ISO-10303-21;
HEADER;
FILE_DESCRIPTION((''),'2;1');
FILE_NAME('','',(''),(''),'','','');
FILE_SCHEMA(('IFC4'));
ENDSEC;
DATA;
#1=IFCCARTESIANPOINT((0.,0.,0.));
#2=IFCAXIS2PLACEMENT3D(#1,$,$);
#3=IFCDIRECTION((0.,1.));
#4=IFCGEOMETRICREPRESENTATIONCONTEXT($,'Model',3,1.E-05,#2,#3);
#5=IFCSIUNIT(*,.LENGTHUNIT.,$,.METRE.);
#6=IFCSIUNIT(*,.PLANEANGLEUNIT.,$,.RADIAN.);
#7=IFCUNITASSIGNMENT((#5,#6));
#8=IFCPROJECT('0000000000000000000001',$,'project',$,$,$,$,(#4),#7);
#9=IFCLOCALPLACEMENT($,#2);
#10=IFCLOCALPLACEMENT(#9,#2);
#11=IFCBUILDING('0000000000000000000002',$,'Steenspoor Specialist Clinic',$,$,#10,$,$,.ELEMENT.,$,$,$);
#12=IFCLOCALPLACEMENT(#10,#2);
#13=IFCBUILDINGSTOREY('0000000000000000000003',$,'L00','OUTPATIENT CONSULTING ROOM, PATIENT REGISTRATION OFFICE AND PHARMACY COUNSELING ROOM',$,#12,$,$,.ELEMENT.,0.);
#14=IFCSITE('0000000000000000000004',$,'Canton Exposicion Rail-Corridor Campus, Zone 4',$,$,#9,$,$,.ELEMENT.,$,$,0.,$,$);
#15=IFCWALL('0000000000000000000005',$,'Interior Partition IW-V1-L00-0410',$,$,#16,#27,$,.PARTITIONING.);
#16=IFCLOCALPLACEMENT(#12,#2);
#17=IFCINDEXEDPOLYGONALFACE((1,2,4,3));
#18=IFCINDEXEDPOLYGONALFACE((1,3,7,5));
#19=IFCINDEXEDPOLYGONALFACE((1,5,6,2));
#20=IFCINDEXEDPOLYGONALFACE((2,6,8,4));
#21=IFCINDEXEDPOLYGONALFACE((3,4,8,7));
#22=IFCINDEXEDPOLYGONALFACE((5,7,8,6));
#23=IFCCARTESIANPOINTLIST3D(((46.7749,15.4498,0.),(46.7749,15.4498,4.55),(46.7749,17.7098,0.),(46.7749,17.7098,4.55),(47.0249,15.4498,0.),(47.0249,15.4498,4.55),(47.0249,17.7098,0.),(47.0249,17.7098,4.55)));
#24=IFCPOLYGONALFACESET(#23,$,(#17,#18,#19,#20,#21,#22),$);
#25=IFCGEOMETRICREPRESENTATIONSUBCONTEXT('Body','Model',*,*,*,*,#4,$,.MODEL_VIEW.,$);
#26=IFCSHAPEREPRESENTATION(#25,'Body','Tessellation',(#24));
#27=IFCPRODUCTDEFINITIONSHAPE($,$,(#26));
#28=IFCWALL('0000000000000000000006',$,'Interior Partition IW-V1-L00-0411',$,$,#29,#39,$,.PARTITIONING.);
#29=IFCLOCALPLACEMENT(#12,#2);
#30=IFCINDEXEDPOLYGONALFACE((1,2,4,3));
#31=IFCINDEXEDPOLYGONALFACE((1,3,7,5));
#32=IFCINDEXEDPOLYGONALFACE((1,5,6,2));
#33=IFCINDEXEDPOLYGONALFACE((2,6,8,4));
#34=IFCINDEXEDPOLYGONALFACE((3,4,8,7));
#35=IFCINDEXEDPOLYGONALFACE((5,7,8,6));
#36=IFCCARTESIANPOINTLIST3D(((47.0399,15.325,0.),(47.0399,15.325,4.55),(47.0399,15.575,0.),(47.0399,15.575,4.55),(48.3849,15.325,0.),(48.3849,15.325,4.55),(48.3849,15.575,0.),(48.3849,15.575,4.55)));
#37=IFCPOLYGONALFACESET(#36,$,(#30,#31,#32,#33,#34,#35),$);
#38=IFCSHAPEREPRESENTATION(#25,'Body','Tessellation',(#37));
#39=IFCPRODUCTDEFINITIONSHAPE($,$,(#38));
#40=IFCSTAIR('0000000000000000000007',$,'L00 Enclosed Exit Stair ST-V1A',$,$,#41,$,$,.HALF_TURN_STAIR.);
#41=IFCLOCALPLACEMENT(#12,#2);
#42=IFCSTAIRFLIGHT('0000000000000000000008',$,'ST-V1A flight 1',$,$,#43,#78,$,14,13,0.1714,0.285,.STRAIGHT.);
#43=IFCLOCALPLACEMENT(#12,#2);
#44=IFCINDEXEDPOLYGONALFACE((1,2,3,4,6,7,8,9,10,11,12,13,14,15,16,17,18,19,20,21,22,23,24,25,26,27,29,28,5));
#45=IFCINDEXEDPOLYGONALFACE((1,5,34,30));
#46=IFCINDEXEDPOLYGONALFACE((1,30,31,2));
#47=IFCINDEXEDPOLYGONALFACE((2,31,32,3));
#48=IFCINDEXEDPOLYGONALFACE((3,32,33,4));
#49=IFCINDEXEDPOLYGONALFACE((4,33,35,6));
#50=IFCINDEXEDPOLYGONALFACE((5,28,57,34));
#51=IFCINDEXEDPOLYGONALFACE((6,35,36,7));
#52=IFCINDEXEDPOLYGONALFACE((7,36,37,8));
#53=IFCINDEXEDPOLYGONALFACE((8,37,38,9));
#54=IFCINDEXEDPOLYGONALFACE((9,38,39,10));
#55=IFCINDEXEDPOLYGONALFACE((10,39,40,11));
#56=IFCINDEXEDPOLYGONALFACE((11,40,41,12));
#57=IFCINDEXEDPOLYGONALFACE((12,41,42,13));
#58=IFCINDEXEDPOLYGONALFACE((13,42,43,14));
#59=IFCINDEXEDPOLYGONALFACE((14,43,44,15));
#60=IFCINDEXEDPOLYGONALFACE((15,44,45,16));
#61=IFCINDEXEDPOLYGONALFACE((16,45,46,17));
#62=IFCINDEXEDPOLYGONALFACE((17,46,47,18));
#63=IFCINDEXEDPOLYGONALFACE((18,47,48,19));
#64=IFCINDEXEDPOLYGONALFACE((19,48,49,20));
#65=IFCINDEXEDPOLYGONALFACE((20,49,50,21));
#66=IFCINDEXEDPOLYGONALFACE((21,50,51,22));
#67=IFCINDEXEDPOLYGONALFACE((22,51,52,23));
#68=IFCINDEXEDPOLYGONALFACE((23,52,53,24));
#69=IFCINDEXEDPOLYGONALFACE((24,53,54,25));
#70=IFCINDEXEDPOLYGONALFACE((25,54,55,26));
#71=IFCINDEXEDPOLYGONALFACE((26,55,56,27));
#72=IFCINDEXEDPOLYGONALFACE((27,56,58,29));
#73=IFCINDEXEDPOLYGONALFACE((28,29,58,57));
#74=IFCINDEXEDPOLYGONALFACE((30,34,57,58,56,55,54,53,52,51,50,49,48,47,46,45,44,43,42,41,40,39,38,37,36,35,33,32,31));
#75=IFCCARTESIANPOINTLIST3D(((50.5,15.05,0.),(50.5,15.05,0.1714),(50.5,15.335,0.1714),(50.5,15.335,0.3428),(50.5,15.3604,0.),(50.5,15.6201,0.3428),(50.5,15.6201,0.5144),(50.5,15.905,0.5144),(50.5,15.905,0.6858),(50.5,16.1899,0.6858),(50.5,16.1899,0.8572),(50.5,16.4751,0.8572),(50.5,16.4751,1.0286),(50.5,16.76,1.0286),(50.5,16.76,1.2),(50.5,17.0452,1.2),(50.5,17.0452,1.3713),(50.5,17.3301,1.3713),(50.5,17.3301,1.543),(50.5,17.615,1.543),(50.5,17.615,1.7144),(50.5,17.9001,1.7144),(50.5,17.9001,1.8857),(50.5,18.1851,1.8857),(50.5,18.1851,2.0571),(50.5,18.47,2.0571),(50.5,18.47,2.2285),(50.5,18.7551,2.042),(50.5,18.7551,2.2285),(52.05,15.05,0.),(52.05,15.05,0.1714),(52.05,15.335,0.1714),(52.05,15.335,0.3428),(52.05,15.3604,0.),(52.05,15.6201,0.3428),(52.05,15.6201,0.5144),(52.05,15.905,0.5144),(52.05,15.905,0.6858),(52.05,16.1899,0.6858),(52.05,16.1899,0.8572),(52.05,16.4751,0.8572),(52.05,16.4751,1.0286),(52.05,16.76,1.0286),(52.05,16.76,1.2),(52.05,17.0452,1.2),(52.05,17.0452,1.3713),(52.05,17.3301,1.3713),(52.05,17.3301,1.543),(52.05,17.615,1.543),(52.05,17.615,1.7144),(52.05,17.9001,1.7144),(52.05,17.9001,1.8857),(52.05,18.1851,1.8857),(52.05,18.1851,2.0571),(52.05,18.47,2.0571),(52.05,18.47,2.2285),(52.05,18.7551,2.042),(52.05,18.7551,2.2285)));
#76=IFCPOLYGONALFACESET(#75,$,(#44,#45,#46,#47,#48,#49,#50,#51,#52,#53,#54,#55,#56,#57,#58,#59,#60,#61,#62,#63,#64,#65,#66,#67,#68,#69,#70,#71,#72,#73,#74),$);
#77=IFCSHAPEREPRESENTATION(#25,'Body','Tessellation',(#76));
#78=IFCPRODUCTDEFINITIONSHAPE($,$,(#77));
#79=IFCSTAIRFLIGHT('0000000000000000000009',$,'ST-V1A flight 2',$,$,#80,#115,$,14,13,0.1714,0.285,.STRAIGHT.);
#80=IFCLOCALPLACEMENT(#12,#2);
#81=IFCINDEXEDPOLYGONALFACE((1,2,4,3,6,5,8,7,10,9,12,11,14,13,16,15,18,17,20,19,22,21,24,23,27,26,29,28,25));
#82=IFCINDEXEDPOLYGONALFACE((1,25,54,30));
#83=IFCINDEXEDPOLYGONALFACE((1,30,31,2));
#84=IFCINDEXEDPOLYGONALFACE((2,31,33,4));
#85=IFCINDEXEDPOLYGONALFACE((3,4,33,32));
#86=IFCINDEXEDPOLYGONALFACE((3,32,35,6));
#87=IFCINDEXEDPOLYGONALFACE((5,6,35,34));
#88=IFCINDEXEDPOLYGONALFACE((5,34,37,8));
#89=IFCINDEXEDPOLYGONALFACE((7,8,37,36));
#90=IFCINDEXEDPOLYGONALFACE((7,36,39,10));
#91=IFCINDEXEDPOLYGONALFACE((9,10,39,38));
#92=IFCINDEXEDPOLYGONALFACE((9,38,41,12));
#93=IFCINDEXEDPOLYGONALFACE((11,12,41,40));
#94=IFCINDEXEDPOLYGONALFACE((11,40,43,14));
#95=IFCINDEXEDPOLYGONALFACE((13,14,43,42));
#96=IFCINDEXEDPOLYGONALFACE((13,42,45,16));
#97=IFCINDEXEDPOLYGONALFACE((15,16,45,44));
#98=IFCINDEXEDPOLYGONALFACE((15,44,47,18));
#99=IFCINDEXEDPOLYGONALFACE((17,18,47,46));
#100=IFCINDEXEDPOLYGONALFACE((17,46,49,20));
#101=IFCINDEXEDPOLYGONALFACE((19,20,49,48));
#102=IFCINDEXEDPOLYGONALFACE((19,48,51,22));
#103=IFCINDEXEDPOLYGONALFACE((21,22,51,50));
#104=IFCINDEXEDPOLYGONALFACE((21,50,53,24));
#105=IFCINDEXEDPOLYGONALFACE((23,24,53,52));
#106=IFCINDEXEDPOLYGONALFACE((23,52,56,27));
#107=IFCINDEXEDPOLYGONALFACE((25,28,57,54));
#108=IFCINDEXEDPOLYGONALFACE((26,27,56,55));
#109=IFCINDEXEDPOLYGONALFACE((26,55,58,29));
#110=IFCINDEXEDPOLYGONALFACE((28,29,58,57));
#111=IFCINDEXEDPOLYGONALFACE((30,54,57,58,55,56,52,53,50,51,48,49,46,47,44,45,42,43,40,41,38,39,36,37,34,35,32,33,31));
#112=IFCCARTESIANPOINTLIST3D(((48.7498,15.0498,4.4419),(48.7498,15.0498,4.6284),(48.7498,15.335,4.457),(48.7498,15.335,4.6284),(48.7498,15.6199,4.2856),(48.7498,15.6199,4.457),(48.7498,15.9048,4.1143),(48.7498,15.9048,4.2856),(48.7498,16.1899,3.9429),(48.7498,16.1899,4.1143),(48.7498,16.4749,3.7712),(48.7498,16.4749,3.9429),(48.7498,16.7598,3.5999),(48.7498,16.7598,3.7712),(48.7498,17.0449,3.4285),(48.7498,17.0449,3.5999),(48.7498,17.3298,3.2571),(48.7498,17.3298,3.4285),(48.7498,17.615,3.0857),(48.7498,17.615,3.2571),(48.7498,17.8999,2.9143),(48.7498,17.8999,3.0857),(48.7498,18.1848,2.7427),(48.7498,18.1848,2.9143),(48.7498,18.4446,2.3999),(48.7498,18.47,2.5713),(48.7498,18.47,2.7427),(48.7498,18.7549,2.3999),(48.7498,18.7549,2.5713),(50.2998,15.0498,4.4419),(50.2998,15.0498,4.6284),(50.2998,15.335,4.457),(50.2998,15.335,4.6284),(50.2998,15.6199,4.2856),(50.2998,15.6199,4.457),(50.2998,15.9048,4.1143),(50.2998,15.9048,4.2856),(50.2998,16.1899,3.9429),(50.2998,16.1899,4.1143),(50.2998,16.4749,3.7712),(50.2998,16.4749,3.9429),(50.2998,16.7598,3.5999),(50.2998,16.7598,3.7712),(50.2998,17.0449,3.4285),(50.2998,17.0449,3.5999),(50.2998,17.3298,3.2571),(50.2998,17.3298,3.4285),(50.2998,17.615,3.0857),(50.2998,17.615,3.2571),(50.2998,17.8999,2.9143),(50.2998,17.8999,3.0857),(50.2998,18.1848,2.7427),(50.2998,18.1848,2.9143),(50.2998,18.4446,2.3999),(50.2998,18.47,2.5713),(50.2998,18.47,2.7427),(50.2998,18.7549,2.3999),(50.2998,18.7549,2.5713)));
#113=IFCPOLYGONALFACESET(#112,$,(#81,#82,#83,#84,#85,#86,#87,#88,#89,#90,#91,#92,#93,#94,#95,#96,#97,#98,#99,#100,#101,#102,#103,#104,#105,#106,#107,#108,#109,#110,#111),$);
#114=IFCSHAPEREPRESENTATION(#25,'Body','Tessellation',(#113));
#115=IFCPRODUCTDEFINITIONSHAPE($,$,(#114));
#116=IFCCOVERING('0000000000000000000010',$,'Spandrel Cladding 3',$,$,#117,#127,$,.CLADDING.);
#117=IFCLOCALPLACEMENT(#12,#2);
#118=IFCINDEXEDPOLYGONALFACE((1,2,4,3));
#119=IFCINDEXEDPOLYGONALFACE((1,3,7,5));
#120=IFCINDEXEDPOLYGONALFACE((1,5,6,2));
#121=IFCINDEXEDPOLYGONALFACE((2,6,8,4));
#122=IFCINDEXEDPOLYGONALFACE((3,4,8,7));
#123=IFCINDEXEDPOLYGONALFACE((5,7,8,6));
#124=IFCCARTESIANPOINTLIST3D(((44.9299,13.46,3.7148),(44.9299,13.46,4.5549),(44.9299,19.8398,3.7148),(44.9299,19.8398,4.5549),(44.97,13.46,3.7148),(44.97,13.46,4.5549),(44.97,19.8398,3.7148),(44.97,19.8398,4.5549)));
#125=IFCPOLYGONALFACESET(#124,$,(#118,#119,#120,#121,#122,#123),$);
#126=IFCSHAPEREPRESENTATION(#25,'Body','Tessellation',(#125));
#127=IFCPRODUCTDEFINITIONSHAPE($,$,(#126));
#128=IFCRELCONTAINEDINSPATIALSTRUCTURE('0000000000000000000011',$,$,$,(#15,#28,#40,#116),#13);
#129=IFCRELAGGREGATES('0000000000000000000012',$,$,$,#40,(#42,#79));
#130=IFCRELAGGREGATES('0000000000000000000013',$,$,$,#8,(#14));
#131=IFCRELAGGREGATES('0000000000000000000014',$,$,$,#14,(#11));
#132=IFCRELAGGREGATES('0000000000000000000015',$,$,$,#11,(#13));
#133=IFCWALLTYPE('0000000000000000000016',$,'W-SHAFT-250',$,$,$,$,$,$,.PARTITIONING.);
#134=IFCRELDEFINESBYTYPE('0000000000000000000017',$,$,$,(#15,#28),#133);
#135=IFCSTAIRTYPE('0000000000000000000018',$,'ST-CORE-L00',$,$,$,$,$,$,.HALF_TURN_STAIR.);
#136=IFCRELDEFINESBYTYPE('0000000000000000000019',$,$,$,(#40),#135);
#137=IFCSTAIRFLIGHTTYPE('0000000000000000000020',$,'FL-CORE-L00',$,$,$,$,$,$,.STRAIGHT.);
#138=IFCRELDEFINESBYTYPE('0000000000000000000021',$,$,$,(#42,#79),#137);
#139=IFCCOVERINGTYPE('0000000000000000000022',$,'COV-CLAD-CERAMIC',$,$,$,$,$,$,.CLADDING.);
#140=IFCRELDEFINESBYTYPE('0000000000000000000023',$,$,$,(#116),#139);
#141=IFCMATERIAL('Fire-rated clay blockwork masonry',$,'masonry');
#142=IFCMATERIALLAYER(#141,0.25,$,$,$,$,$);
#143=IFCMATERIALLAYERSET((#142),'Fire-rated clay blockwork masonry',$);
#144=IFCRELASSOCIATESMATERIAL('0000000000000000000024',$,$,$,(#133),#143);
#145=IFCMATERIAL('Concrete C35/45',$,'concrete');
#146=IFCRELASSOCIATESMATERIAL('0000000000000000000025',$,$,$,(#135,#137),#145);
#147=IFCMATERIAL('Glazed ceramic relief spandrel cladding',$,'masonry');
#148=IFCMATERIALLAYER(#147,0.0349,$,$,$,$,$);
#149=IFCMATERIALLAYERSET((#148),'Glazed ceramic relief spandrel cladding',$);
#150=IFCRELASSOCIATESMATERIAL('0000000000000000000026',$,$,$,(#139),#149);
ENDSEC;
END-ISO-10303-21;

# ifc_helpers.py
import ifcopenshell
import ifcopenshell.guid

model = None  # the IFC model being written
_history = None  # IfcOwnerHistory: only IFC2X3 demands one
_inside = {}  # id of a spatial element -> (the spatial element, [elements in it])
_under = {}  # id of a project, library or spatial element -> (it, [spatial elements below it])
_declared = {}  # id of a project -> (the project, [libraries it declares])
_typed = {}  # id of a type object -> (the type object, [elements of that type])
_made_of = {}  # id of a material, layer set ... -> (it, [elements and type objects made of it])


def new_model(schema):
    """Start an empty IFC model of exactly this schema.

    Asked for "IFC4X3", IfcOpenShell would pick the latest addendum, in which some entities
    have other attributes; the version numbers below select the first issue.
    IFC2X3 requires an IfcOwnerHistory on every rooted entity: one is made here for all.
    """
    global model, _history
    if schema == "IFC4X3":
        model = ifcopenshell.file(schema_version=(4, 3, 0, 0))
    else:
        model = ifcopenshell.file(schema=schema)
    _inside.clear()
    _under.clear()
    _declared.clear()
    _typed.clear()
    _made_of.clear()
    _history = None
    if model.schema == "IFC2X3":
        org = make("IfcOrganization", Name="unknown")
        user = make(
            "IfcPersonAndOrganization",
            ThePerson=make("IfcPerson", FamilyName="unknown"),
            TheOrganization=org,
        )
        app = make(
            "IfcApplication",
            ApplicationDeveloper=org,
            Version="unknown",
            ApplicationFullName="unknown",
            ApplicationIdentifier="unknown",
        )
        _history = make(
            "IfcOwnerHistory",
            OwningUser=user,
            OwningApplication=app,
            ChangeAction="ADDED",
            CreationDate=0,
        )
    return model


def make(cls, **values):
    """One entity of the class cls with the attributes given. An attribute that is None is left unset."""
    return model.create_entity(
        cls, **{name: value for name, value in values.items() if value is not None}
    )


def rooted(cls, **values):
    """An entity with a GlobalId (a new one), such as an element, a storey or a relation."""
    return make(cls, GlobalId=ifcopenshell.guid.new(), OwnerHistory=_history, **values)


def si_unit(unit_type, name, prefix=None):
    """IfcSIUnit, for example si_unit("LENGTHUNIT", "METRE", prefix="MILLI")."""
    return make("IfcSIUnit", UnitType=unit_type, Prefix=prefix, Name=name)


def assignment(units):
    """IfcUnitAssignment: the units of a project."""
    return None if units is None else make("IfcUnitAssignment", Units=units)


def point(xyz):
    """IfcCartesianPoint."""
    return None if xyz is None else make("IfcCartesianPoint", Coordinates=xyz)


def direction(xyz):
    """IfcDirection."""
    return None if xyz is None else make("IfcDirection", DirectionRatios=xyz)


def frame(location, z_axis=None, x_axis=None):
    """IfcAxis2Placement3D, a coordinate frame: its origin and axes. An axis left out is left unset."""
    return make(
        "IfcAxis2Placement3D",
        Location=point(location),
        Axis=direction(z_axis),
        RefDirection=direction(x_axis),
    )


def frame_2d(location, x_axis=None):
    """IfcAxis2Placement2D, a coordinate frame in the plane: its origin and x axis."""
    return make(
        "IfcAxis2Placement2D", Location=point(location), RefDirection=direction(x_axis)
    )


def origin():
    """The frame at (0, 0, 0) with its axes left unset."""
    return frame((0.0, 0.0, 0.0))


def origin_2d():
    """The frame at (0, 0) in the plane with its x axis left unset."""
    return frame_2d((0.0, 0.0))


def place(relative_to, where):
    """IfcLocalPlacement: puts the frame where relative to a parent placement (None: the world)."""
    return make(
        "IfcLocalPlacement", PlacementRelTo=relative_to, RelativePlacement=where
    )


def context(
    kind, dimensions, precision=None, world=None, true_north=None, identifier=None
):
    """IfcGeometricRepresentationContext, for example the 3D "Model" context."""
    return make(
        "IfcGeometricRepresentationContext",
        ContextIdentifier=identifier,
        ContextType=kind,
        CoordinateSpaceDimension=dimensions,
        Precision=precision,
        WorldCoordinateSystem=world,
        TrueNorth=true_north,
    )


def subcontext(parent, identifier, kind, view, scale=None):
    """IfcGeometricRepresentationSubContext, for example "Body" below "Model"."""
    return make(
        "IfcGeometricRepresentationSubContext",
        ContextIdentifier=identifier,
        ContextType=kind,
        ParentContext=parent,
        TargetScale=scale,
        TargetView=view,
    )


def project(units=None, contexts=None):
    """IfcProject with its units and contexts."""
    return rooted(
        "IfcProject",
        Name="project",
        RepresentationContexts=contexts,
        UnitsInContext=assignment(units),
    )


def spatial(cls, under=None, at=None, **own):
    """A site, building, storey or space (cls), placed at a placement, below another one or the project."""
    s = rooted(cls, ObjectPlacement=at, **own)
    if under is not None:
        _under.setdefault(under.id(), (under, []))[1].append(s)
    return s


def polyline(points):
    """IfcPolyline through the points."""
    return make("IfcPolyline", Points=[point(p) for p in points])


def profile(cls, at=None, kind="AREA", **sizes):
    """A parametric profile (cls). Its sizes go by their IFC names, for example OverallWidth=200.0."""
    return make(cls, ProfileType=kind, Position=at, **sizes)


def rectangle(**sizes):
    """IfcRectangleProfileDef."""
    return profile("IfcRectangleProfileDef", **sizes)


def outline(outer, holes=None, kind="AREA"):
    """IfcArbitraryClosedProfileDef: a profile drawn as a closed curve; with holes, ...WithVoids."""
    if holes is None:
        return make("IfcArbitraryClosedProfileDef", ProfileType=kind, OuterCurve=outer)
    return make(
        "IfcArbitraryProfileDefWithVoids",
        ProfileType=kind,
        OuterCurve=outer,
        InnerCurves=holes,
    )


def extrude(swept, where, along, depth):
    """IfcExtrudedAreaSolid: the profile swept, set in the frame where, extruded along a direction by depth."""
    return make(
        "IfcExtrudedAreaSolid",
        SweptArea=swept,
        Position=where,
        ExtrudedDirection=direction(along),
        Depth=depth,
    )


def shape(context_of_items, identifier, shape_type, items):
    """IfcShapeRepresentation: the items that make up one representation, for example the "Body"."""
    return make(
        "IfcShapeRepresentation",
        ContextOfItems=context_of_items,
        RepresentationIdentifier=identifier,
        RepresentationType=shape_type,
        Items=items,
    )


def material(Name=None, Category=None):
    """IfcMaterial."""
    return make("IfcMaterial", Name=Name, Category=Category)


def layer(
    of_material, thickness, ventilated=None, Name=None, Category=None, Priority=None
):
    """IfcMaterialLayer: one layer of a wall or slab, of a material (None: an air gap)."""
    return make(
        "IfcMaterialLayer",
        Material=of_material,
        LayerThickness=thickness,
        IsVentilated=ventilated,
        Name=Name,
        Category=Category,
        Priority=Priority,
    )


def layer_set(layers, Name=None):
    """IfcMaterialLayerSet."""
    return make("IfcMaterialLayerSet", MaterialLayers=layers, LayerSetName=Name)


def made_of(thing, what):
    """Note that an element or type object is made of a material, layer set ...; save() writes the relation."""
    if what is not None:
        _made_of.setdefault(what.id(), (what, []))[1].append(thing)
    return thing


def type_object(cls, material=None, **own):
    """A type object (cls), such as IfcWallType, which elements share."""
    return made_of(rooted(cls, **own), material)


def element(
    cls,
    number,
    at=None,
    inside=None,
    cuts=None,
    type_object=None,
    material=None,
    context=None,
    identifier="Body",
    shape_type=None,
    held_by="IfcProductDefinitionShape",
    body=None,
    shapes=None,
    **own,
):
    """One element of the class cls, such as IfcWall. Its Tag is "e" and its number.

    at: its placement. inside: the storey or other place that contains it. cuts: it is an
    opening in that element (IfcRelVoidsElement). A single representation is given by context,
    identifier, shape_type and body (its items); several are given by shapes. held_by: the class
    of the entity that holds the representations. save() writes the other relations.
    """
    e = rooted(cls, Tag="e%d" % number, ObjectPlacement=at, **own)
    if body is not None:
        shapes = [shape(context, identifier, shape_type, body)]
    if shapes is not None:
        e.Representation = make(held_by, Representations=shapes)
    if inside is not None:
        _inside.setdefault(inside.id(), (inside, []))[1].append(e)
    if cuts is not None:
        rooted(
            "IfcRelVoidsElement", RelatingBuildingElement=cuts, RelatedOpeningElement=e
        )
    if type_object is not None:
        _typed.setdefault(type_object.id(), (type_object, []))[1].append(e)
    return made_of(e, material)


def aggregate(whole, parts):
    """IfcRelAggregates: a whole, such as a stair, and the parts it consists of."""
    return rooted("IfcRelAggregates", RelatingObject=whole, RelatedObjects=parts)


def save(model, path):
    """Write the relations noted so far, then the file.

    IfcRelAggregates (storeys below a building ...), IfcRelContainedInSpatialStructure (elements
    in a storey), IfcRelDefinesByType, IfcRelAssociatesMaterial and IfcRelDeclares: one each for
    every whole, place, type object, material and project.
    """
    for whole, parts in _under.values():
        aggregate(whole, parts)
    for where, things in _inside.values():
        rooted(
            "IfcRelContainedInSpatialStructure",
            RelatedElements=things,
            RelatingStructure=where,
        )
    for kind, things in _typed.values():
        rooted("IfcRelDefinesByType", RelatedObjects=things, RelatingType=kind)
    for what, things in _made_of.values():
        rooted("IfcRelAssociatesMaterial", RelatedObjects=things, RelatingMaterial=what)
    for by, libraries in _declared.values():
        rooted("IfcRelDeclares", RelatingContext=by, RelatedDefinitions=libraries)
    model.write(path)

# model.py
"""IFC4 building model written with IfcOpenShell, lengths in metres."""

from ifc_helpers import new_model, si_unit, direction, frame, frame_2d, origin, origin_2d, place, context, subcontext, project, spatial, polyline, rectangle, outline, extrude, material, layer, layer_set, type_object, element, aggregate, save


model = new_model("IFC4")

# Units and contexts
model_context = context("Model", 3, precision=1e-05, world=origin(), true_north=direction((0.0, 1.0)))
body_context = subcontext(model_context, "Body", "Model", "MODEL_VIEW")
ifc_project = project(units=[si_unit("LENGTHUNIT", "METRE"), si_unit("PLANEANGLEUNIT", "RADIAN")], contexts=[model_context])

# Site, building, storey
site_placement = place(None, origin())
site = spatial("IfcSite", under=ifc_project, at=site_placement, Name="Canton Exposicion Rail-Corridor Campus, Zone 4", CompositionType="ELEMENT", RefElevation=0.0)
building_placement = place(site_placement, origin())
building = spatial("IfcBuilding", under=site, at=building_placement, Name="Steenspoor Specialist Clinic", CompositionType="ELEMENT")
storey_placement = place(building_placement, origin())
storey = spatial("IfcBuildingStorey", under=building, at=storey_placement, Name="L00", Description="OUTPATIENT CONSULTING ROOM, PATIENT REGISTRATION OFFICE AND PHARMACY COUNSELING ROOM", CompositionType="ELEMENT", Elevation=0.0)

# Shared definitions
ifc_material_1 = material(Name="Concrete C35/45", Category="concrete")

# Walls
ifc_material_2 = material(Name="Fire-rated clay blockwork masonry", Category="masonry")
ifc_layer_1 = layer(ifc_material_2, 0.25)
ifc_layer_set_1 = layer_set([ifc_layer_1], Name="Fire-rated clay blockwork masonry")
wall_type_1 = type_object("IfcWallType", Name="W-SHAFT-250", PredefinedType="PARTITIONING", material=ifc_layer_set_1)
wall_1_placement = place(storey_placement, frame((46.8999, 15.45, 0.0), z_axis=(0.0, 0.0, 1.0), x_axis=(0.0, 1.0, 0.0)))
element("IfcWall", 1, at=wall_1_placement, inside=storey, type_object=wall_type_1, Name="Interior Partition IW-V1-L00-0410", PredefinedType="PARTITIONING", context=body_context, shape_type="SweptSolid", body=[
    extrude(rectangle(XDim=2.26, YDim=0.25, at=frame_2d((1.1299, 0.0))), origin(), (0.0, 0.0, 1.0), 4.55),
])
wall_2_placement = place(storey_placement, frame((47.04, 15.45, 0.0), z_axis=(0.0, 0.0, 1.0), x_axis=(1.0, 0.0, 0.0)))
element("IfcWall", 2, at=wall_2_placement, inside=storey, type_object=wall_type_1, Name="Interior Partition IW-V1-L00-0411", PredefinedType="PARTITIONING", context=body_context, shape_type="SweptSolid", body=[
    extrude(rectangle(XDim=1.345, YDim=0.25, at=frame_2d((0.6724, 0.0))), origin(), (0.0, 0.0, 1.0), 4.55),
])

# Stair, stair flights
stair_type = type_object("IfcStairType", Name="ST-CORE-L00", PredefinedType="HALF_TURN_STAIR", material=ifc_material_1)
stair_placement = place(storey_placement, origin())
stair = element("IfcStair", 3, at=stair_placement, inside=storey, type_object=stair_type, Name="L00 Enclosed Exit Stair ST-V1A", PredefinedType="HALF_TURN_STAIR")
stair_flight_type = type_object("IfcStairFlightType", Name="FL-CORE-L00", PredefinedType="STRAIGHT", material=ifc_material_1)
stair_flight_1_placement = place(storey_placement, frame((51.2749, 15.05, 0.0), z_axis=(0.0, 0.0, 1.0), x_axis=(0.0, 1.0, 0.0)))
stair_flight_1 = element("IfcStairFlight", 4, at=stair_flight_1_placement, type_object=stair_flight_type, Name="ST-V1A flight 1", NumberOfRisers=14, NumberOfTreads=13, PredefinedType="STRAIGHT", RiserHeight=0.1714, TreadLength=0.285, context=body_context, shape_type="SweptSolid", body=[
    extrude(outline(polyline([(0.0, 0.0), (0.0, 0.1714), (0.2849, 0.1714), (0.2849, 0.3428), (0.5701, 0.3428), (0.5701, 0.5144), (0.855, 0.5144), (0.855, 0.6858), (1.1399, 0.6858), (1.1399, 0.8572), (1.425, 0.8572), (1.425, 1.0286), (1.71, 1.0286), (1.71, 1.2), (1.9951, 1.2), (1.9951, 1.3713), (2.28, 1.3713), (2.28, 1.543), (2.5649, 1.543), (2.5649, 1.7144), (2.8501, 1.7144), (2.8501, 1.8857), (3.135, 1.8857), (3.135, 2.0571), (3.4199, 2.0571), (3.4199, 2.2285), (3.7051, 2.2285), (3.7051, 2.3999), (3.7051, 2.042), (0.3103, 0.0), (0.0, 0.0)])), frame((0.0, 0.7749, 0.0), z_axis=(0.0, -1.0, 0.0), x_axis=(1.0, 0.0, 0.0)), (0.0, 0.0, 1.0), 1.55),
])
stair_flight_2_placement = place(storey_placement, frame((49.5249, 18.7549, 2.3999), z_axis=(0.0, 0.0, 1.0), x_axis=(0.0, -1.0, 0.0)))
stair_flight_2 = element("IfcStairFlight", 5, at=stair_flight_2_placement, type_object=stair_flight_type, Name="ST-V1A flight 2", NumberOfRisers=14, NumberOfTreads=13, PredefinedType="STRAIGHT", RiserHeight=0.1714, TreadLength=0.285, context=body_context, shape_type="SweptSolid", body=[
    extrude(outline(polyline([(0.0, 0.0), (0.0, 0.1714), (0.2849, 0.1714), (0.2849, 0.3428), (0.5701, 0.3428), (0.5701, 0.5144), (0.855, 0.5144), (0.855, 0.6858), (1.1399, 0.6858), (1.1399, 0.8572), (1.425, 0.8572), (1.425, 1.0286), (1.71, 1.0286), (1.71, 1.2), (1.9951, 1.2), (1.9951, 1.3713), (2.28, 1.3713), (2.28, 1.543), (2.5649, 1.543), (2.5649, 1.7144), (2.8501, 1.7144), (2.8501, 1.8857), (3.135, 1.8857), (3.135, 2.0571), (3.4199, 2.0571), (3.4199, 2.2285), (3.7051, 2.2285), (3.7051, 2.3999), (3.7051, 2.042), (0.3103, 0.0), (0.0, 0.0)])), frame((0.0, 0.7749, 0.0), z_axis=(0.0, -1.0, 0.0), x_axis=(1.0, 0.0, 0.0)), (0.0, 0.0, 1.0), 1.55),
])
aggregate(stair, [stair_flight_1, stair_flight_2])

# Covering
ifc_material_3 = material(Name="Glazed ceramic relief spandrel cladding", Category="masonry")
ifc_layer_2 = layer(ifc_material_3, 0.0349)
ifc_layer_set_2 = layer_set([ifc_layer_2], Name="Glazed ceramic relief spandrel cladding")
covering_type = type_object("IfcCoveringType", Name="COV-CLAD-CERAMIC", PredefinedType="CLADDING", material=ifc_layer_set_2)
covering_placement = place(storey_placement, frame((44.95, 16.6499, 3.7148), z_axis=(0.0, 0.0, 1.0), x_axis=(0.0, 1.0, 0.0)))
element("IfcCovering", 6, at=covering_placement, inside=storey, type_object=covering_type, Name="Spandrel Cladding 3", PredefinedType="CLADDING", context=body_context, shape_type="SweptSolid", body=[
    extrude(rectangle(XDim=6.3799, YDim=0.04, at=origin_2d()), origin(), (0.0, 0.0, 1.0), 0.8401),
])

save(model, "model.ifc")
